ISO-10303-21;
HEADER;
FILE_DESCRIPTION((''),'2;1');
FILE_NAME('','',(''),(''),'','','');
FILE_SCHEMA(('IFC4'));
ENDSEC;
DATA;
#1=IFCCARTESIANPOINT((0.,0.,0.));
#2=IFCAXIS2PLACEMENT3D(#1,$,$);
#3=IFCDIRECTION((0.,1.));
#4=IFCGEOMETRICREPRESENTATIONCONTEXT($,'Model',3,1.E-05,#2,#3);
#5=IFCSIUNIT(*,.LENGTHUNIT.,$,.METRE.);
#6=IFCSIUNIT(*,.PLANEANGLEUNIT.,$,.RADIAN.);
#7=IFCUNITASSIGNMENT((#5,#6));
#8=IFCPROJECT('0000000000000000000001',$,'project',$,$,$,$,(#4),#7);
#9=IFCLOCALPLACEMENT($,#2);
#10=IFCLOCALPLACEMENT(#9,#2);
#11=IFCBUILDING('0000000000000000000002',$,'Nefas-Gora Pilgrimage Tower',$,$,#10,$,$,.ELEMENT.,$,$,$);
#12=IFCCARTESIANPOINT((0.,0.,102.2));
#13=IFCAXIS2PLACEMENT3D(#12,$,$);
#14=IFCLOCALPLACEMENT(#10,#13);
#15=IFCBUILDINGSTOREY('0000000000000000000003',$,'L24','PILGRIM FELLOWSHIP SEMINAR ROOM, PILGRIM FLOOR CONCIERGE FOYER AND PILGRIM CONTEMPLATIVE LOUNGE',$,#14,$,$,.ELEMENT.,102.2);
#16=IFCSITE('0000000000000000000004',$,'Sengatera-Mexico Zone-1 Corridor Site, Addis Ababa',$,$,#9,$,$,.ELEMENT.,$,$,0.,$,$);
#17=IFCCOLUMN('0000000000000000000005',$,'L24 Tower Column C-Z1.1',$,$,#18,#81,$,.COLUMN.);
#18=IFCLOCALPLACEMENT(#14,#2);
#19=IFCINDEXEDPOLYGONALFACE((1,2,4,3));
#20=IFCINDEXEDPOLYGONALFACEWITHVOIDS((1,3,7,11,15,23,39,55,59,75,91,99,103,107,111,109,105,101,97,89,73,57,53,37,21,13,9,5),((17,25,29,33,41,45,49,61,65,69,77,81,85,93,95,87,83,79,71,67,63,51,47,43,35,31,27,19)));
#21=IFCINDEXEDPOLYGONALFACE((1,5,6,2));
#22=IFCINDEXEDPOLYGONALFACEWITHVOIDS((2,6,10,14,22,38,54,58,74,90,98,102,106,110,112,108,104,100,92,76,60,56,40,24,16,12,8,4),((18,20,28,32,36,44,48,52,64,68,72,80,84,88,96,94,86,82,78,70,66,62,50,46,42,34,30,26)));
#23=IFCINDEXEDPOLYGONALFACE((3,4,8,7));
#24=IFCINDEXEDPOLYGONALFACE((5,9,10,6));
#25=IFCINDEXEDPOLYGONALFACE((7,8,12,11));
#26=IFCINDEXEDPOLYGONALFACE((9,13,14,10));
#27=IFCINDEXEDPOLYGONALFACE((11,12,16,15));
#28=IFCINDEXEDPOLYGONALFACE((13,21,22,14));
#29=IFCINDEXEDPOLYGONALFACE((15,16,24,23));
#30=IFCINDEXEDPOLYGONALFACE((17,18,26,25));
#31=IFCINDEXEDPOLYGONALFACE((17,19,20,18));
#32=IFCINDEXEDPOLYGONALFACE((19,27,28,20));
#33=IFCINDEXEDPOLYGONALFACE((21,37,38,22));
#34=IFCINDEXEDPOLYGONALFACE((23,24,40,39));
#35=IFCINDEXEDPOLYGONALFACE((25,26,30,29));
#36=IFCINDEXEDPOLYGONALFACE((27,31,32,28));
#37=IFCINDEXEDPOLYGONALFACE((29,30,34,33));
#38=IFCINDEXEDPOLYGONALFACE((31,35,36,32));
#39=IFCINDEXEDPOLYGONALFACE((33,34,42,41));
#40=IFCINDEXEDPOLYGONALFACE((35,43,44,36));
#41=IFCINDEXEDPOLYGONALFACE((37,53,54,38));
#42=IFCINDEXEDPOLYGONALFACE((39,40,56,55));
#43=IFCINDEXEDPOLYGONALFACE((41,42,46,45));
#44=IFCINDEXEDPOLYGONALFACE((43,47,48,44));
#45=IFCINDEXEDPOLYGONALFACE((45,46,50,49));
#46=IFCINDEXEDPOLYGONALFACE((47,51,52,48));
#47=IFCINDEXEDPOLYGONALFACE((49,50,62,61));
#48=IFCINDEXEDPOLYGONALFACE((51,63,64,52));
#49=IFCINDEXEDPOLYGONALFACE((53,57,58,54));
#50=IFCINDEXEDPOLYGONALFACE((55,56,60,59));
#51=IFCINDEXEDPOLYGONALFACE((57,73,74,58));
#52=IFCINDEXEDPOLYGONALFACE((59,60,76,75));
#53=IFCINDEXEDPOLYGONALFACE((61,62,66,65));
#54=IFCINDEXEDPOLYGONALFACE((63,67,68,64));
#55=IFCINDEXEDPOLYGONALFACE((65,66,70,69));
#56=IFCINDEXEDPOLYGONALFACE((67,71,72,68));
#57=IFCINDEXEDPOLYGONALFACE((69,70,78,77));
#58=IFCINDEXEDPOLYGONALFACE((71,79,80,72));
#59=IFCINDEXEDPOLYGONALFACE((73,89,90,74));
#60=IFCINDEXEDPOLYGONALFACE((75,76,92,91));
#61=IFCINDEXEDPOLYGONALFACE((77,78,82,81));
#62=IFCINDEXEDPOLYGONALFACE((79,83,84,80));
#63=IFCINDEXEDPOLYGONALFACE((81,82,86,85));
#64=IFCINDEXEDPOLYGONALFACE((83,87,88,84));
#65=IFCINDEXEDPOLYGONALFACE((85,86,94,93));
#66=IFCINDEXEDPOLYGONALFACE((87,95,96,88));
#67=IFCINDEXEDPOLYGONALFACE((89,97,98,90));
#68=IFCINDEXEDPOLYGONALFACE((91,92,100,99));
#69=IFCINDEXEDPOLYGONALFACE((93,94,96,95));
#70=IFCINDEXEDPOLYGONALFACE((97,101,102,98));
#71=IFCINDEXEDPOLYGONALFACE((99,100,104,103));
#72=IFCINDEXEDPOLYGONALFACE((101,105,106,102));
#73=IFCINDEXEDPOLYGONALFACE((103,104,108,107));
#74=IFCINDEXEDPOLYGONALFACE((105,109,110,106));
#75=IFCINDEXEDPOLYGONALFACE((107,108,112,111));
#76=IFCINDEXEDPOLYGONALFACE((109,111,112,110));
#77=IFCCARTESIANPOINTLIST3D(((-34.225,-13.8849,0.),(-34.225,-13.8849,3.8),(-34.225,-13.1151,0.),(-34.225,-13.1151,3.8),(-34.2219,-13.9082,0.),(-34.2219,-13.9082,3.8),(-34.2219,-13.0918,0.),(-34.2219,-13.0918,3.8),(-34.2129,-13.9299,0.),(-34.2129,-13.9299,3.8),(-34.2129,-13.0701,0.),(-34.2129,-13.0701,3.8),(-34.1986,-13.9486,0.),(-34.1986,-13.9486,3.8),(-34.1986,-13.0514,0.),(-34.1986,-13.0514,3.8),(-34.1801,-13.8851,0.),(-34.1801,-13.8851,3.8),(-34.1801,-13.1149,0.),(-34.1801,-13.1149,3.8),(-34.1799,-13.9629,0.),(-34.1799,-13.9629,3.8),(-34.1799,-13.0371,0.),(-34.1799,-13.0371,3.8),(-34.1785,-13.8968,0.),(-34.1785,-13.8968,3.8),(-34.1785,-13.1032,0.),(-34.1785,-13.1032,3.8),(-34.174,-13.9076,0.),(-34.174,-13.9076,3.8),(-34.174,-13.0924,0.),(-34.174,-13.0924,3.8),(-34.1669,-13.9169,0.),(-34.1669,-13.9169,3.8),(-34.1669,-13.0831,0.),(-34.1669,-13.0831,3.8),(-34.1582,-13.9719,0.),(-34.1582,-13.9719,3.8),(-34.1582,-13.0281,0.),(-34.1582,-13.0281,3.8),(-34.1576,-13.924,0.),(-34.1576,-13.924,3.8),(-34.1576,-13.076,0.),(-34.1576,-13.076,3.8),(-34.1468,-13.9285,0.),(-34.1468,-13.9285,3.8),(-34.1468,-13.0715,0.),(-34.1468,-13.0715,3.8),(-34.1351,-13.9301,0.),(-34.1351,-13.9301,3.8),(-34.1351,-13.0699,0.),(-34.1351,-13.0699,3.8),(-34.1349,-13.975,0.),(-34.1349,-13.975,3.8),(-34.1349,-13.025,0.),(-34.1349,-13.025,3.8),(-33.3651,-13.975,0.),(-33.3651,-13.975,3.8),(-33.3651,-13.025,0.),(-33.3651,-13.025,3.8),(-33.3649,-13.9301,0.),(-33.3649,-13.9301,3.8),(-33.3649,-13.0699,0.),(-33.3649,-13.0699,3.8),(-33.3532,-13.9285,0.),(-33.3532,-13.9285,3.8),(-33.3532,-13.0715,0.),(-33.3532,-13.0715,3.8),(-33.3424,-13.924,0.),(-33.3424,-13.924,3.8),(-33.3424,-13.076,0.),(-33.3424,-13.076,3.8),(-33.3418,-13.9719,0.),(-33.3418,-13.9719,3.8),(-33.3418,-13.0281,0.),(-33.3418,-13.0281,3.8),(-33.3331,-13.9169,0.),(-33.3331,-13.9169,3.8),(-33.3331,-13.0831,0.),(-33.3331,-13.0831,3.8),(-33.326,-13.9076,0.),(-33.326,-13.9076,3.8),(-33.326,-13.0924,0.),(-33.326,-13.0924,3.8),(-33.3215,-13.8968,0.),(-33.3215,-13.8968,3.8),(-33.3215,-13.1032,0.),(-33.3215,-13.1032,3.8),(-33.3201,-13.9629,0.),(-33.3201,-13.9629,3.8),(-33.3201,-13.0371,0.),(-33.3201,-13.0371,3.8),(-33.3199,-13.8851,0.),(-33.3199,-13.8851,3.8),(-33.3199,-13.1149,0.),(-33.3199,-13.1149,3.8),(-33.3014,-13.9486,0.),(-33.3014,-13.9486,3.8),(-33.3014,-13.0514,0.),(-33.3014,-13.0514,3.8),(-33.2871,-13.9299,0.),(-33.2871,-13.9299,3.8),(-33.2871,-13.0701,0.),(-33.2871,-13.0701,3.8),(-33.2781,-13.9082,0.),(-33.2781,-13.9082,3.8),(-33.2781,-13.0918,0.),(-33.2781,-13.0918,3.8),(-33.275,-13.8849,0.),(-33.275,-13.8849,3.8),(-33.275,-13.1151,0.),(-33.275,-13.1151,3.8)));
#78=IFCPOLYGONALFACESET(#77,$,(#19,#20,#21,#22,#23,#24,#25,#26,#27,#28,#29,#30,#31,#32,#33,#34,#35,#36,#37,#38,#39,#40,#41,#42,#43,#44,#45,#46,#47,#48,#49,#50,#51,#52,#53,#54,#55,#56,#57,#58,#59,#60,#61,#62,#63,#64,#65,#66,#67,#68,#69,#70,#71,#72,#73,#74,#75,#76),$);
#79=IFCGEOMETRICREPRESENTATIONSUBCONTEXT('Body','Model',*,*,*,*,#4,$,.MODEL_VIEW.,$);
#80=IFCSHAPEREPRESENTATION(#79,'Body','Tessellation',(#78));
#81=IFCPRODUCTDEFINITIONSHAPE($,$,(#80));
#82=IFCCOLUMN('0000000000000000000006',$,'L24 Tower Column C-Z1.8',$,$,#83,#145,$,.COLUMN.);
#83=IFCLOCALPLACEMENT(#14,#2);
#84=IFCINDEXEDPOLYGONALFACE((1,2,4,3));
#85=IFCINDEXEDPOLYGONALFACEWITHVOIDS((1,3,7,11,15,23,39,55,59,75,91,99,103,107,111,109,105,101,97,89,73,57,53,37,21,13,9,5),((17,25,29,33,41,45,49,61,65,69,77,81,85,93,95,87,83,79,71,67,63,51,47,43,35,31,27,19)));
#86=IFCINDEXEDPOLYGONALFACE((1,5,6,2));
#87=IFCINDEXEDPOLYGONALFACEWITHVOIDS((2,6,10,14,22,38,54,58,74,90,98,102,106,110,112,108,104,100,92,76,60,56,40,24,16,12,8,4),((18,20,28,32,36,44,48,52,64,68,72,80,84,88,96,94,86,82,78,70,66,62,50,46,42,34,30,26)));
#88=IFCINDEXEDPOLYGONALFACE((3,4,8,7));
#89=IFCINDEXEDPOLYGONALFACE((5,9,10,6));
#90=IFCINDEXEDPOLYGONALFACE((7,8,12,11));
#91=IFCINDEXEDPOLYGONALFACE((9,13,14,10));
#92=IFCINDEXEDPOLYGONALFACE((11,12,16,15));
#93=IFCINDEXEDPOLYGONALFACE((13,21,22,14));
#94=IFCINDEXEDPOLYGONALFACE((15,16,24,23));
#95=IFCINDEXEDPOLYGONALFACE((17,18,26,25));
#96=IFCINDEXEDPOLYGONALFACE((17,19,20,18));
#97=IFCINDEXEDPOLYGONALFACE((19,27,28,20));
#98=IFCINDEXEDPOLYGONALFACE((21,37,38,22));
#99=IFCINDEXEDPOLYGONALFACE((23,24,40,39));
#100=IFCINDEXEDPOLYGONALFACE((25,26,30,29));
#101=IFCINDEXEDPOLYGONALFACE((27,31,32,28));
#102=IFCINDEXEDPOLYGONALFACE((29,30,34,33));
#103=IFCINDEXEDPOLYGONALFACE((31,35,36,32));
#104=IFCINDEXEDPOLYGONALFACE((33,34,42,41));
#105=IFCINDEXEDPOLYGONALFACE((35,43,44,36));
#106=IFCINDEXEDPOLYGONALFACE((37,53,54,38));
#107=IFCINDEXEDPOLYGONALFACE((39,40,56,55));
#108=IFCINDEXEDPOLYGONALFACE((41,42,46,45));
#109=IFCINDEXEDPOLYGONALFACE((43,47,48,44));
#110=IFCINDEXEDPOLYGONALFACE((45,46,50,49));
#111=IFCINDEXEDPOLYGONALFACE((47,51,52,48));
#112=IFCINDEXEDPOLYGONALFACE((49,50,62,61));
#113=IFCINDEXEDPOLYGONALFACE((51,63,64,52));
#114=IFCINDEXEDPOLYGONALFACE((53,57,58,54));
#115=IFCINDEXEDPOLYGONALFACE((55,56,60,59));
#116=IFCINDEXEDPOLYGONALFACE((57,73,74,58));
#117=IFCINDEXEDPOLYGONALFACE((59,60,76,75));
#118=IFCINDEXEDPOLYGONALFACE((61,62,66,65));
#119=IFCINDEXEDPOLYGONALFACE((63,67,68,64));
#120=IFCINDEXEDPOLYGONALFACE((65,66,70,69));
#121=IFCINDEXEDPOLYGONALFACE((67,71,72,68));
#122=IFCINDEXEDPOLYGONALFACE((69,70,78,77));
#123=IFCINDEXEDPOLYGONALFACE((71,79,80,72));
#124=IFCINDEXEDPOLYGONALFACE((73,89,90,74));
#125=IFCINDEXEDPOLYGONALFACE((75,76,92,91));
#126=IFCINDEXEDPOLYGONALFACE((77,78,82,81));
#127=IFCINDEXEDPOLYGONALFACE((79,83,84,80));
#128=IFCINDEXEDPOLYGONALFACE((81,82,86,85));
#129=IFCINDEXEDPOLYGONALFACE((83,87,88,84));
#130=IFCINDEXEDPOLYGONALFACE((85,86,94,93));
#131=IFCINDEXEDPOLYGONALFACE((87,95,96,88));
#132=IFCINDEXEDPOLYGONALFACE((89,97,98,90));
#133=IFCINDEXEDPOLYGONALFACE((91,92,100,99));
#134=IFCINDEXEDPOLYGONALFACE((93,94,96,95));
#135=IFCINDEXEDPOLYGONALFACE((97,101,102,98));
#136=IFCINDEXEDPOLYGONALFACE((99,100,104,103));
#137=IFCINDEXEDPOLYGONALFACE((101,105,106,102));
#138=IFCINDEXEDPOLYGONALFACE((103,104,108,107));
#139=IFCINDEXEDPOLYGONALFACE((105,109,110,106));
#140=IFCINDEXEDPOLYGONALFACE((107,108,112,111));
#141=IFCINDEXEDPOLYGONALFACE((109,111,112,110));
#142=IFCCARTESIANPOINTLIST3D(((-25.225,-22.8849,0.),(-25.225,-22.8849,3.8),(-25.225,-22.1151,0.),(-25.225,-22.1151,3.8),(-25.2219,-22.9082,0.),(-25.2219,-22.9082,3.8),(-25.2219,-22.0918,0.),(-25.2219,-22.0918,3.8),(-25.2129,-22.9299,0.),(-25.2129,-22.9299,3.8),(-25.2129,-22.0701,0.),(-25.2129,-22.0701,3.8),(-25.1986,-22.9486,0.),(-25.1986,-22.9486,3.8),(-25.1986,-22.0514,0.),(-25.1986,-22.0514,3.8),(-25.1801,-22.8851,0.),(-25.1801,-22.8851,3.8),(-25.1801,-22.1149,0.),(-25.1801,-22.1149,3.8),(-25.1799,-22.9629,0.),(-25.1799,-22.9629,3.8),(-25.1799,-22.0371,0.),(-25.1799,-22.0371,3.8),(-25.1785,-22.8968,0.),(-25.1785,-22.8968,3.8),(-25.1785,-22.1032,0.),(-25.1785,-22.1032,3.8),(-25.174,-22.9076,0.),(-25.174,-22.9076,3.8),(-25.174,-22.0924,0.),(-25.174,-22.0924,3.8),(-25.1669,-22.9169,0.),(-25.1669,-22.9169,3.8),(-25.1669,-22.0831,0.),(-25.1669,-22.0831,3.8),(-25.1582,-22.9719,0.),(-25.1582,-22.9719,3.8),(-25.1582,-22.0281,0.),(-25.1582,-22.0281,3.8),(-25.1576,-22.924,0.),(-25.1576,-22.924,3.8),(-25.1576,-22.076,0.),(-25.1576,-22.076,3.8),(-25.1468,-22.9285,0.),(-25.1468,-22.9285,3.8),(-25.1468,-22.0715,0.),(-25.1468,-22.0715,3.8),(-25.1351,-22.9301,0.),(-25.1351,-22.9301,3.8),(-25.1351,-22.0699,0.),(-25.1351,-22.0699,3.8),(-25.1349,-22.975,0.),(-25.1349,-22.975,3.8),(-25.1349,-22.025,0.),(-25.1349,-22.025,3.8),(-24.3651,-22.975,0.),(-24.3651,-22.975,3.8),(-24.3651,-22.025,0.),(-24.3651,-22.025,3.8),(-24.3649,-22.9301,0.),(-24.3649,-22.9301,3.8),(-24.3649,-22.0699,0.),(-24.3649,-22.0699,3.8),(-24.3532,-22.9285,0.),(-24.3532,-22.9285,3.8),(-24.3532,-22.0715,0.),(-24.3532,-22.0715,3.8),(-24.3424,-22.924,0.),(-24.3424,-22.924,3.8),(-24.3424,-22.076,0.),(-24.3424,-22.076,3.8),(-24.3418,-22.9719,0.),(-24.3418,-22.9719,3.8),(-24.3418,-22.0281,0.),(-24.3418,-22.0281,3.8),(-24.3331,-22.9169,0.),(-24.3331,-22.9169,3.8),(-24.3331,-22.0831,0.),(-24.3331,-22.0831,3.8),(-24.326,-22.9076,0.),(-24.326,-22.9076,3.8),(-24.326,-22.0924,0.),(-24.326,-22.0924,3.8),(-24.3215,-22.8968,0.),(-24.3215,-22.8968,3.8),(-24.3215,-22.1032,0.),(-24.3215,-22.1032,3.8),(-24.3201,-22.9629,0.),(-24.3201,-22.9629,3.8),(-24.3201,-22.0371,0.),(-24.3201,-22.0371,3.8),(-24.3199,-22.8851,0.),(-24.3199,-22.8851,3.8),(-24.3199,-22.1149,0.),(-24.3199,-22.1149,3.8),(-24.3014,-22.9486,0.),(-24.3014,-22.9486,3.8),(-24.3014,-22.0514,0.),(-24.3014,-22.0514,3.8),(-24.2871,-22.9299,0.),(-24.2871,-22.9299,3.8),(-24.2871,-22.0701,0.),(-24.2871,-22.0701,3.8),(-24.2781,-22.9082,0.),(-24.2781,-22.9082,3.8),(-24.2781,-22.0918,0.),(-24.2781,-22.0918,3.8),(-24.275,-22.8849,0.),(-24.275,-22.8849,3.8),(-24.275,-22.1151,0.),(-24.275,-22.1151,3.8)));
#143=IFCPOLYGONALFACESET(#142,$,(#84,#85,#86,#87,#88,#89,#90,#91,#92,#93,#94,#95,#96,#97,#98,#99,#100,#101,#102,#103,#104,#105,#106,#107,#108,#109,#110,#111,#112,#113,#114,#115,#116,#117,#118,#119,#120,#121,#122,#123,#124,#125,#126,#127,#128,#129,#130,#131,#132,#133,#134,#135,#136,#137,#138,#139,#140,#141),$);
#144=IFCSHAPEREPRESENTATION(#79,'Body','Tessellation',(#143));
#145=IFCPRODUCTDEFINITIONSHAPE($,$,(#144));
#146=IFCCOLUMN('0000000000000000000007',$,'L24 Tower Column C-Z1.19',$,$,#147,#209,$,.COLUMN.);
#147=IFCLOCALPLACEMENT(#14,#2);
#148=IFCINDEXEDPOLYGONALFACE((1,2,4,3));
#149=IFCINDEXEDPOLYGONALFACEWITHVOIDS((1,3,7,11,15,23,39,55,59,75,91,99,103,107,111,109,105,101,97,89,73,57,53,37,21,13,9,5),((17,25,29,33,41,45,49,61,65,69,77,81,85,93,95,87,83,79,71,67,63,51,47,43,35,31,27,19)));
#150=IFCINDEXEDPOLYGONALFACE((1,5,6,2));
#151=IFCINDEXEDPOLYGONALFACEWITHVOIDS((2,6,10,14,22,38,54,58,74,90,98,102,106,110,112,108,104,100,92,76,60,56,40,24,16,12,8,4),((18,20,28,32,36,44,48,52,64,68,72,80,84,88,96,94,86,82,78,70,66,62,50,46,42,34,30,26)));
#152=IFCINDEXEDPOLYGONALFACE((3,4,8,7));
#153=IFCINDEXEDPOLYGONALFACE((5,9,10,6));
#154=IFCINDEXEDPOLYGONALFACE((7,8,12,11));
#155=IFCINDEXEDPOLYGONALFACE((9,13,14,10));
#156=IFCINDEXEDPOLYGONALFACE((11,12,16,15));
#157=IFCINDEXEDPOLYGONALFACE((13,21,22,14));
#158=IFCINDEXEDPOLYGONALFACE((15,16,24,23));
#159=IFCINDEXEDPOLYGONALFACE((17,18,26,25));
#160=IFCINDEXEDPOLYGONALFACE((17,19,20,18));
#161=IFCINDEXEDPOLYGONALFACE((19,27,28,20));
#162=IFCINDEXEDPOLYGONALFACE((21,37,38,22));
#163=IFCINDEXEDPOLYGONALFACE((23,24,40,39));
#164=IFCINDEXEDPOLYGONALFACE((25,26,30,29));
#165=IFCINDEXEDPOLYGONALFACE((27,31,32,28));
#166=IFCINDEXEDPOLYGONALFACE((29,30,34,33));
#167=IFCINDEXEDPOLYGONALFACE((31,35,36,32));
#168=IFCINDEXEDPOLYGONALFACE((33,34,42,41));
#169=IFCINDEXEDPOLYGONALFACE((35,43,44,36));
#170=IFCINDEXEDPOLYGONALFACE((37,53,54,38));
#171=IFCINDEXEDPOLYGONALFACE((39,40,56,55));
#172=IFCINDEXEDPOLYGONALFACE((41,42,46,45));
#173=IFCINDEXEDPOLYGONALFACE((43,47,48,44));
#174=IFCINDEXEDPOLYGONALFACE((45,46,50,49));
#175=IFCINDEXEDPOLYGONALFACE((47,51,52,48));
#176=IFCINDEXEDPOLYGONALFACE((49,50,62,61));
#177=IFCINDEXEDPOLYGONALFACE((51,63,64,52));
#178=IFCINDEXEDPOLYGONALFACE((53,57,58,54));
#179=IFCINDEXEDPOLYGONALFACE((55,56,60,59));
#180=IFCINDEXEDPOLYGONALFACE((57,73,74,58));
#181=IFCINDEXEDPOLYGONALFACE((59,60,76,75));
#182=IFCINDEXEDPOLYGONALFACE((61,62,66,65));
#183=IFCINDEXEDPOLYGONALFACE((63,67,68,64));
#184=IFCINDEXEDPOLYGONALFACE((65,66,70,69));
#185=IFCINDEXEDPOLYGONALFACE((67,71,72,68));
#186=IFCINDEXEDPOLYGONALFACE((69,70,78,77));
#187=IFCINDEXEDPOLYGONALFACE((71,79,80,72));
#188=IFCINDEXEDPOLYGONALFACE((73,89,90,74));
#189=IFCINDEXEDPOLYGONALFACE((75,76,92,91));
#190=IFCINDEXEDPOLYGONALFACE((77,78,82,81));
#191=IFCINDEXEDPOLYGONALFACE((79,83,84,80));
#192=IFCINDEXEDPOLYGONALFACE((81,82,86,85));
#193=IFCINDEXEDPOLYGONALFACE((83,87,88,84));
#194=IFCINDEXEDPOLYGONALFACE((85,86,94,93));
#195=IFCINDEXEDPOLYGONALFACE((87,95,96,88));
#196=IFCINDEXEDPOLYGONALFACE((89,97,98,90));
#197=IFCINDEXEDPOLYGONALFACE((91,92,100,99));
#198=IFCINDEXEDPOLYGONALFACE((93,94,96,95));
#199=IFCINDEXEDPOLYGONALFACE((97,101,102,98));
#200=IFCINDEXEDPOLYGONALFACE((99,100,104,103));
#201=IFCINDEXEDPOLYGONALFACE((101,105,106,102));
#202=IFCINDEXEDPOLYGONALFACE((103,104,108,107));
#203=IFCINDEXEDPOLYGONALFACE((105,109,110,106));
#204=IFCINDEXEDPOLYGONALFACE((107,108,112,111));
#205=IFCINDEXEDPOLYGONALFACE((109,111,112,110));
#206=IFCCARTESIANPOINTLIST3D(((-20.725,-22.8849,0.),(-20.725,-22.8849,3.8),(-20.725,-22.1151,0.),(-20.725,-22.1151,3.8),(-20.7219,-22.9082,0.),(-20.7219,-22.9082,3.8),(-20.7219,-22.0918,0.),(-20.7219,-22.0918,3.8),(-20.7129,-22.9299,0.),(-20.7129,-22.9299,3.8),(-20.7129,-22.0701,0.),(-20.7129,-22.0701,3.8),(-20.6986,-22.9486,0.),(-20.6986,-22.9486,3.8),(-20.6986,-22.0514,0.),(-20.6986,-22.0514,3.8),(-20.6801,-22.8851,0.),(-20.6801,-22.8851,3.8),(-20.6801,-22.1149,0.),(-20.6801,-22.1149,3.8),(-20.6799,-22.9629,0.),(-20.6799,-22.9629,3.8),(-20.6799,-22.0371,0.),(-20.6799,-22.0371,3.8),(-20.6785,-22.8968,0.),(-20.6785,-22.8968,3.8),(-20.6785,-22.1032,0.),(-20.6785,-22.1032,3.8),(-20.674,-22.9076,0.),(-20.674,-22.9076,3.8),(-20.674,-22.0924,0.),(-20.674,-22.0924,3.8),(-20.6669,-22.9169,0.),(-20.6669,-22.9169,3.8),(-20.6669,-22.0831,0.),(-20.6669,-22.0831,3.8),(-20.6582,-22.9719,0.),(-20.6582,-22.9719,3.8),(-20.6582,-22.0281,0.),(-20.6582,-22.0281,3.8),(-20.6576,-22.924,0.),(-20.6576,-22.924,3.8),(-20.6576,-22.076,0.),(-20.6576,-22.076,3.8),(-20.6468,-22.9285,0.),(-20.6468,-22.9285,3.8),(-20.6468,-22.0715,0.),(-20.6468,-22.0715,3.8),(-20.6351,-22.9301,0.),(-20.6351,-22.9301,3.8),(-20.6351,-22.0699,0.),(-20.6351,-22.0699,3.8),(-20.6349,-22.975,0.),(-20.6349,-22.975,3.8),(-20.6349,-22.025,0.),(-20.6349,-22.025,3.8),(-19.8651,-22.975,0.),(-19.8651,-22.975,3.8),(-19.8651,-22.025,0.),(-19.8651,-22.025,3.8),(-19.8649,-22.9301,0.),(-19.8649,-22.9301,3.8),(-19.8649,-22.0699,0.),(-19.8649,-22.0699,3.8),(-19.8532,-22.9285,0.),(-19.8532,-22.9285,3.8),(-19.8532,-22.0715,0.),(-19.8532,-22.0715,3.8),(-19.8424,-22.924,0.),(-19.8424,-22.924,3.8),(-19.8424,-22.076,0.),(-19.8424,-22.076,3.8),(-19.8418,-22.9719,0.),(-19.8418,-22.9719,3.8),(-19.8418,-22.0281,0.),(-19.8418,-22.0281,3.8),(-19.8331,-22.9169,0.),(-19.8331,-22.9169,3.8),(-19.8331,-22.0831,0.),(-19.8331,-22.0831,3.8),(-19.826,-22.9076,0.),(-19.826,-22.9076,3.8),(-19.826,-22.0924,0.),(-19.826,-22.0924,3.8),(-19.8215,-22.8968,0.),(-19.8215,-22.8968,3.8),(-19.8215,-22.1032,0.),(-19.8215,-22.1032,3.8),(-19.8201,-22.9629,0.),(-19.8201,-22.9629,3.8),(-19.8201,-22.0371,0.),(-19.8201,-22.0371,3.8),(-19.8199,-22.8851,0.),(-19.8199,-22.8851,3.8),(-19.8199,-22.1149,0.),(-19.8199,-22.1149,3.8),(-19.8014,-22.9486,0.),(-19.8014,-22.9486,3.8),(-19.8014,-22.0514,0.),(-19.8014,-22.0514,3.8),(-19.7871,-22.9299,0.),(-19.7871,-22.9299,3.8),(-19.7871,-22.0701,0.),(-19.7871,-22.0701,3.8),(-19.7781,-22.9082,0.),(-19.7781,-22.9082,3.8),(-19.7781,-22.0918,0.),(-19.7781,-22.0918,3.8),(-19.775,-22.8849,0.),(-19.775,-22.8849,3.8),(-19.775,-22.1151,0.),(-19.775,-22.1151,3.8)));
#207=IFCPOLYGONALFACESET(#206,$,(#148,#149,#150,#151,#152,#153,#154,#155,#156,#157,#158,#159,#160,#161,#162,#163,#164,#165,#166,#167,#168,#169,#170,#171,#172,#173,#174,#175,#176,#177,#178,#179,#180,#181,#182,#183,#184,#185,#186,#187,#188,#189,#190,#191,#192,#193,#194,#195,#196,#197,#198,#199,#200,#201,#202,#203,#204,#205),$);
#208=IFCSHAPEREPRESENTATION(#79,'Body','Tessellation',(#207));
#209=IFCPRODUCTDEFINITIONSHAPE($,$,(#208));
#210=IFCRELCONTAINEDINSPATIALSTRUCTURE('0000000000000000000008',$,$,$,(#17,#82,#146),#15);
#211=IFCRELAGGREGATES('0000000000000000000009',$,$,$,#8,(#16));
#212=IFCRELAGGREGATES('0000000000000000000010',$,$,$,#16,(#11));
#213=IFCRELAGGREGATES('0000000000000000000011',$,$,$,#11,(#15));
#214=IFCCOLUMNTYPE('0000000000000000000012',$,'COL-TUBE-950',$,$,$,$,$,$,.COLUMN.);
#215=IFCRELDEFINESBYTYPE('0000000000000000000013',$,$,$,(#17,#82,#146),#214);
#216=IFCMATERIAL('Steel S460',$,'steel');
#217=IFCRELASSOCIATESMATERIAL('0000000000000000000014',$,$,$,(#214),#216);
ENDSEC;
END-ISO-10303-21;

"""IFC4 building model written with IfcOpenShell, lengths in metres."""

from ifc_helpers import new_model, si_unit, direction, frame, origin, origin_2d, place, context, subcontext, project, spatial, hollow_rectangle, extrude, source, transform, mapped, material, material_profile, profile_set, type_object, element, save


model = new_model("IFC4")

# Units and contexts
model_context = context("Model", 3, precision=1e-05, world=origin(), true_north=direction((0.0, 1.0)))
body_context = subcontext(model_context, "Body", "Model", "MODEL_VIEW")
ifc_project = project(units=[si_unit("LENGTHUNIT", "METRE"), si_unit("PLANEANGLEUNIT", "RADIAN")], contexts=[model_context])

# Site, building, storey
site_placement = place(None, origin())
site = spatial("IfcSite", under=ifc_project, at=site_placement, Name="Sengatera-Mexico Zone-1 Corridor Site, Addis Ababa", CompositionType="ELEMENT", RefElevation=0.0)
building_placement = place(site_placement, origin())
building = spatial("IfcBuilding", under=site, at=building_placement, Name="Nefas-Gora Pilgrimage Tower", CompositionType="ELEMENT")
storey_placement = place(building_placement, frame((0.0, 0.0, 102.2)))
storey = spatial("IfcBuildingStorey", under=building, at=storey_placement, Name="L24", Description="PILGRIM FELLOWSHIP SEMINAR ROOM, PILGRIM FLOOR CONCIERGE FOYER AND PILGRIM CONTEMPLATIVE LOUNGE", CompositionType="ELEMENT", Elevation=102.2)

# Columns
ifc_material_1 = material(Name="Steel S460", Category="steel")
ifc_material_profile_1 = material_profile(ifc_material_1, hollow_rectangle(XDim=0.95, YDim=0.95, WallThickness=0.0449, InnerFilletRadius=0.0449, OuterFilletRadius=0.0901, at=origin_2d()), Name="BOX 950x950x45")
ifc_profile_set_1 = profile_set([ifc_material_profile_1], Name="Steel S460")
column_type_1 = type_object("IfcColumnType", Name="COL-TUBE-950", PredefinedType="COLUMN", material=ifc_profile_set_1)
shared_shape_1 = source(origin(), body_context, "Body", "SweptSolid", [
    extrude(hollow_rectangle(XDim=0.95, YDim=0.95, WallThickness=0.0449, InnerFilletRadius=0.0449, OuterFilletRadius=0.0901, at=origin_2d()), origin(), (0.0, 0.0, 1.0), 3.8),
])
for number, where, z_axis, x_axis, name in (
    (1, (-33.75, -13.5, 0.0), (0.0, 0.0, 1.0), (1.0, 0.0, 0.0), "L24 Tower Column C-Z1.1"),
    (2, (-24.75, -22.5, 0.0), (0.0, 0.0, 1.0), (1.0, 0.0, 0.0), "L24 Tower Column C-Z1.8"),
    (3, (-20.25, -22.5, 0.0), (0.0, 0.0, 1.0), (1.0, 0.0, 0.0), "L24 Tower Column C-Z1.19"),
):
    element("IfcColumn", number, at=place(storey_placement, frame(where, z_axis=z_axis, x_axis=x_axis)), inside=storey, type_object=column_type_1, Name=name, PredefinedType="COLUMN", context=body_context, shape_type="MappedRepresentation", body=[
        mapped(shared_shape_1, transform((0.0, 0.0, 0.0), x_axis=(1.0, 0.0, 0.0), y_axis=(0.0, 1.0, 0.0), z_axis=(0.0, 0.0, 1.0), scale=1.0)),
    ])

save(model, "model.ifc")
